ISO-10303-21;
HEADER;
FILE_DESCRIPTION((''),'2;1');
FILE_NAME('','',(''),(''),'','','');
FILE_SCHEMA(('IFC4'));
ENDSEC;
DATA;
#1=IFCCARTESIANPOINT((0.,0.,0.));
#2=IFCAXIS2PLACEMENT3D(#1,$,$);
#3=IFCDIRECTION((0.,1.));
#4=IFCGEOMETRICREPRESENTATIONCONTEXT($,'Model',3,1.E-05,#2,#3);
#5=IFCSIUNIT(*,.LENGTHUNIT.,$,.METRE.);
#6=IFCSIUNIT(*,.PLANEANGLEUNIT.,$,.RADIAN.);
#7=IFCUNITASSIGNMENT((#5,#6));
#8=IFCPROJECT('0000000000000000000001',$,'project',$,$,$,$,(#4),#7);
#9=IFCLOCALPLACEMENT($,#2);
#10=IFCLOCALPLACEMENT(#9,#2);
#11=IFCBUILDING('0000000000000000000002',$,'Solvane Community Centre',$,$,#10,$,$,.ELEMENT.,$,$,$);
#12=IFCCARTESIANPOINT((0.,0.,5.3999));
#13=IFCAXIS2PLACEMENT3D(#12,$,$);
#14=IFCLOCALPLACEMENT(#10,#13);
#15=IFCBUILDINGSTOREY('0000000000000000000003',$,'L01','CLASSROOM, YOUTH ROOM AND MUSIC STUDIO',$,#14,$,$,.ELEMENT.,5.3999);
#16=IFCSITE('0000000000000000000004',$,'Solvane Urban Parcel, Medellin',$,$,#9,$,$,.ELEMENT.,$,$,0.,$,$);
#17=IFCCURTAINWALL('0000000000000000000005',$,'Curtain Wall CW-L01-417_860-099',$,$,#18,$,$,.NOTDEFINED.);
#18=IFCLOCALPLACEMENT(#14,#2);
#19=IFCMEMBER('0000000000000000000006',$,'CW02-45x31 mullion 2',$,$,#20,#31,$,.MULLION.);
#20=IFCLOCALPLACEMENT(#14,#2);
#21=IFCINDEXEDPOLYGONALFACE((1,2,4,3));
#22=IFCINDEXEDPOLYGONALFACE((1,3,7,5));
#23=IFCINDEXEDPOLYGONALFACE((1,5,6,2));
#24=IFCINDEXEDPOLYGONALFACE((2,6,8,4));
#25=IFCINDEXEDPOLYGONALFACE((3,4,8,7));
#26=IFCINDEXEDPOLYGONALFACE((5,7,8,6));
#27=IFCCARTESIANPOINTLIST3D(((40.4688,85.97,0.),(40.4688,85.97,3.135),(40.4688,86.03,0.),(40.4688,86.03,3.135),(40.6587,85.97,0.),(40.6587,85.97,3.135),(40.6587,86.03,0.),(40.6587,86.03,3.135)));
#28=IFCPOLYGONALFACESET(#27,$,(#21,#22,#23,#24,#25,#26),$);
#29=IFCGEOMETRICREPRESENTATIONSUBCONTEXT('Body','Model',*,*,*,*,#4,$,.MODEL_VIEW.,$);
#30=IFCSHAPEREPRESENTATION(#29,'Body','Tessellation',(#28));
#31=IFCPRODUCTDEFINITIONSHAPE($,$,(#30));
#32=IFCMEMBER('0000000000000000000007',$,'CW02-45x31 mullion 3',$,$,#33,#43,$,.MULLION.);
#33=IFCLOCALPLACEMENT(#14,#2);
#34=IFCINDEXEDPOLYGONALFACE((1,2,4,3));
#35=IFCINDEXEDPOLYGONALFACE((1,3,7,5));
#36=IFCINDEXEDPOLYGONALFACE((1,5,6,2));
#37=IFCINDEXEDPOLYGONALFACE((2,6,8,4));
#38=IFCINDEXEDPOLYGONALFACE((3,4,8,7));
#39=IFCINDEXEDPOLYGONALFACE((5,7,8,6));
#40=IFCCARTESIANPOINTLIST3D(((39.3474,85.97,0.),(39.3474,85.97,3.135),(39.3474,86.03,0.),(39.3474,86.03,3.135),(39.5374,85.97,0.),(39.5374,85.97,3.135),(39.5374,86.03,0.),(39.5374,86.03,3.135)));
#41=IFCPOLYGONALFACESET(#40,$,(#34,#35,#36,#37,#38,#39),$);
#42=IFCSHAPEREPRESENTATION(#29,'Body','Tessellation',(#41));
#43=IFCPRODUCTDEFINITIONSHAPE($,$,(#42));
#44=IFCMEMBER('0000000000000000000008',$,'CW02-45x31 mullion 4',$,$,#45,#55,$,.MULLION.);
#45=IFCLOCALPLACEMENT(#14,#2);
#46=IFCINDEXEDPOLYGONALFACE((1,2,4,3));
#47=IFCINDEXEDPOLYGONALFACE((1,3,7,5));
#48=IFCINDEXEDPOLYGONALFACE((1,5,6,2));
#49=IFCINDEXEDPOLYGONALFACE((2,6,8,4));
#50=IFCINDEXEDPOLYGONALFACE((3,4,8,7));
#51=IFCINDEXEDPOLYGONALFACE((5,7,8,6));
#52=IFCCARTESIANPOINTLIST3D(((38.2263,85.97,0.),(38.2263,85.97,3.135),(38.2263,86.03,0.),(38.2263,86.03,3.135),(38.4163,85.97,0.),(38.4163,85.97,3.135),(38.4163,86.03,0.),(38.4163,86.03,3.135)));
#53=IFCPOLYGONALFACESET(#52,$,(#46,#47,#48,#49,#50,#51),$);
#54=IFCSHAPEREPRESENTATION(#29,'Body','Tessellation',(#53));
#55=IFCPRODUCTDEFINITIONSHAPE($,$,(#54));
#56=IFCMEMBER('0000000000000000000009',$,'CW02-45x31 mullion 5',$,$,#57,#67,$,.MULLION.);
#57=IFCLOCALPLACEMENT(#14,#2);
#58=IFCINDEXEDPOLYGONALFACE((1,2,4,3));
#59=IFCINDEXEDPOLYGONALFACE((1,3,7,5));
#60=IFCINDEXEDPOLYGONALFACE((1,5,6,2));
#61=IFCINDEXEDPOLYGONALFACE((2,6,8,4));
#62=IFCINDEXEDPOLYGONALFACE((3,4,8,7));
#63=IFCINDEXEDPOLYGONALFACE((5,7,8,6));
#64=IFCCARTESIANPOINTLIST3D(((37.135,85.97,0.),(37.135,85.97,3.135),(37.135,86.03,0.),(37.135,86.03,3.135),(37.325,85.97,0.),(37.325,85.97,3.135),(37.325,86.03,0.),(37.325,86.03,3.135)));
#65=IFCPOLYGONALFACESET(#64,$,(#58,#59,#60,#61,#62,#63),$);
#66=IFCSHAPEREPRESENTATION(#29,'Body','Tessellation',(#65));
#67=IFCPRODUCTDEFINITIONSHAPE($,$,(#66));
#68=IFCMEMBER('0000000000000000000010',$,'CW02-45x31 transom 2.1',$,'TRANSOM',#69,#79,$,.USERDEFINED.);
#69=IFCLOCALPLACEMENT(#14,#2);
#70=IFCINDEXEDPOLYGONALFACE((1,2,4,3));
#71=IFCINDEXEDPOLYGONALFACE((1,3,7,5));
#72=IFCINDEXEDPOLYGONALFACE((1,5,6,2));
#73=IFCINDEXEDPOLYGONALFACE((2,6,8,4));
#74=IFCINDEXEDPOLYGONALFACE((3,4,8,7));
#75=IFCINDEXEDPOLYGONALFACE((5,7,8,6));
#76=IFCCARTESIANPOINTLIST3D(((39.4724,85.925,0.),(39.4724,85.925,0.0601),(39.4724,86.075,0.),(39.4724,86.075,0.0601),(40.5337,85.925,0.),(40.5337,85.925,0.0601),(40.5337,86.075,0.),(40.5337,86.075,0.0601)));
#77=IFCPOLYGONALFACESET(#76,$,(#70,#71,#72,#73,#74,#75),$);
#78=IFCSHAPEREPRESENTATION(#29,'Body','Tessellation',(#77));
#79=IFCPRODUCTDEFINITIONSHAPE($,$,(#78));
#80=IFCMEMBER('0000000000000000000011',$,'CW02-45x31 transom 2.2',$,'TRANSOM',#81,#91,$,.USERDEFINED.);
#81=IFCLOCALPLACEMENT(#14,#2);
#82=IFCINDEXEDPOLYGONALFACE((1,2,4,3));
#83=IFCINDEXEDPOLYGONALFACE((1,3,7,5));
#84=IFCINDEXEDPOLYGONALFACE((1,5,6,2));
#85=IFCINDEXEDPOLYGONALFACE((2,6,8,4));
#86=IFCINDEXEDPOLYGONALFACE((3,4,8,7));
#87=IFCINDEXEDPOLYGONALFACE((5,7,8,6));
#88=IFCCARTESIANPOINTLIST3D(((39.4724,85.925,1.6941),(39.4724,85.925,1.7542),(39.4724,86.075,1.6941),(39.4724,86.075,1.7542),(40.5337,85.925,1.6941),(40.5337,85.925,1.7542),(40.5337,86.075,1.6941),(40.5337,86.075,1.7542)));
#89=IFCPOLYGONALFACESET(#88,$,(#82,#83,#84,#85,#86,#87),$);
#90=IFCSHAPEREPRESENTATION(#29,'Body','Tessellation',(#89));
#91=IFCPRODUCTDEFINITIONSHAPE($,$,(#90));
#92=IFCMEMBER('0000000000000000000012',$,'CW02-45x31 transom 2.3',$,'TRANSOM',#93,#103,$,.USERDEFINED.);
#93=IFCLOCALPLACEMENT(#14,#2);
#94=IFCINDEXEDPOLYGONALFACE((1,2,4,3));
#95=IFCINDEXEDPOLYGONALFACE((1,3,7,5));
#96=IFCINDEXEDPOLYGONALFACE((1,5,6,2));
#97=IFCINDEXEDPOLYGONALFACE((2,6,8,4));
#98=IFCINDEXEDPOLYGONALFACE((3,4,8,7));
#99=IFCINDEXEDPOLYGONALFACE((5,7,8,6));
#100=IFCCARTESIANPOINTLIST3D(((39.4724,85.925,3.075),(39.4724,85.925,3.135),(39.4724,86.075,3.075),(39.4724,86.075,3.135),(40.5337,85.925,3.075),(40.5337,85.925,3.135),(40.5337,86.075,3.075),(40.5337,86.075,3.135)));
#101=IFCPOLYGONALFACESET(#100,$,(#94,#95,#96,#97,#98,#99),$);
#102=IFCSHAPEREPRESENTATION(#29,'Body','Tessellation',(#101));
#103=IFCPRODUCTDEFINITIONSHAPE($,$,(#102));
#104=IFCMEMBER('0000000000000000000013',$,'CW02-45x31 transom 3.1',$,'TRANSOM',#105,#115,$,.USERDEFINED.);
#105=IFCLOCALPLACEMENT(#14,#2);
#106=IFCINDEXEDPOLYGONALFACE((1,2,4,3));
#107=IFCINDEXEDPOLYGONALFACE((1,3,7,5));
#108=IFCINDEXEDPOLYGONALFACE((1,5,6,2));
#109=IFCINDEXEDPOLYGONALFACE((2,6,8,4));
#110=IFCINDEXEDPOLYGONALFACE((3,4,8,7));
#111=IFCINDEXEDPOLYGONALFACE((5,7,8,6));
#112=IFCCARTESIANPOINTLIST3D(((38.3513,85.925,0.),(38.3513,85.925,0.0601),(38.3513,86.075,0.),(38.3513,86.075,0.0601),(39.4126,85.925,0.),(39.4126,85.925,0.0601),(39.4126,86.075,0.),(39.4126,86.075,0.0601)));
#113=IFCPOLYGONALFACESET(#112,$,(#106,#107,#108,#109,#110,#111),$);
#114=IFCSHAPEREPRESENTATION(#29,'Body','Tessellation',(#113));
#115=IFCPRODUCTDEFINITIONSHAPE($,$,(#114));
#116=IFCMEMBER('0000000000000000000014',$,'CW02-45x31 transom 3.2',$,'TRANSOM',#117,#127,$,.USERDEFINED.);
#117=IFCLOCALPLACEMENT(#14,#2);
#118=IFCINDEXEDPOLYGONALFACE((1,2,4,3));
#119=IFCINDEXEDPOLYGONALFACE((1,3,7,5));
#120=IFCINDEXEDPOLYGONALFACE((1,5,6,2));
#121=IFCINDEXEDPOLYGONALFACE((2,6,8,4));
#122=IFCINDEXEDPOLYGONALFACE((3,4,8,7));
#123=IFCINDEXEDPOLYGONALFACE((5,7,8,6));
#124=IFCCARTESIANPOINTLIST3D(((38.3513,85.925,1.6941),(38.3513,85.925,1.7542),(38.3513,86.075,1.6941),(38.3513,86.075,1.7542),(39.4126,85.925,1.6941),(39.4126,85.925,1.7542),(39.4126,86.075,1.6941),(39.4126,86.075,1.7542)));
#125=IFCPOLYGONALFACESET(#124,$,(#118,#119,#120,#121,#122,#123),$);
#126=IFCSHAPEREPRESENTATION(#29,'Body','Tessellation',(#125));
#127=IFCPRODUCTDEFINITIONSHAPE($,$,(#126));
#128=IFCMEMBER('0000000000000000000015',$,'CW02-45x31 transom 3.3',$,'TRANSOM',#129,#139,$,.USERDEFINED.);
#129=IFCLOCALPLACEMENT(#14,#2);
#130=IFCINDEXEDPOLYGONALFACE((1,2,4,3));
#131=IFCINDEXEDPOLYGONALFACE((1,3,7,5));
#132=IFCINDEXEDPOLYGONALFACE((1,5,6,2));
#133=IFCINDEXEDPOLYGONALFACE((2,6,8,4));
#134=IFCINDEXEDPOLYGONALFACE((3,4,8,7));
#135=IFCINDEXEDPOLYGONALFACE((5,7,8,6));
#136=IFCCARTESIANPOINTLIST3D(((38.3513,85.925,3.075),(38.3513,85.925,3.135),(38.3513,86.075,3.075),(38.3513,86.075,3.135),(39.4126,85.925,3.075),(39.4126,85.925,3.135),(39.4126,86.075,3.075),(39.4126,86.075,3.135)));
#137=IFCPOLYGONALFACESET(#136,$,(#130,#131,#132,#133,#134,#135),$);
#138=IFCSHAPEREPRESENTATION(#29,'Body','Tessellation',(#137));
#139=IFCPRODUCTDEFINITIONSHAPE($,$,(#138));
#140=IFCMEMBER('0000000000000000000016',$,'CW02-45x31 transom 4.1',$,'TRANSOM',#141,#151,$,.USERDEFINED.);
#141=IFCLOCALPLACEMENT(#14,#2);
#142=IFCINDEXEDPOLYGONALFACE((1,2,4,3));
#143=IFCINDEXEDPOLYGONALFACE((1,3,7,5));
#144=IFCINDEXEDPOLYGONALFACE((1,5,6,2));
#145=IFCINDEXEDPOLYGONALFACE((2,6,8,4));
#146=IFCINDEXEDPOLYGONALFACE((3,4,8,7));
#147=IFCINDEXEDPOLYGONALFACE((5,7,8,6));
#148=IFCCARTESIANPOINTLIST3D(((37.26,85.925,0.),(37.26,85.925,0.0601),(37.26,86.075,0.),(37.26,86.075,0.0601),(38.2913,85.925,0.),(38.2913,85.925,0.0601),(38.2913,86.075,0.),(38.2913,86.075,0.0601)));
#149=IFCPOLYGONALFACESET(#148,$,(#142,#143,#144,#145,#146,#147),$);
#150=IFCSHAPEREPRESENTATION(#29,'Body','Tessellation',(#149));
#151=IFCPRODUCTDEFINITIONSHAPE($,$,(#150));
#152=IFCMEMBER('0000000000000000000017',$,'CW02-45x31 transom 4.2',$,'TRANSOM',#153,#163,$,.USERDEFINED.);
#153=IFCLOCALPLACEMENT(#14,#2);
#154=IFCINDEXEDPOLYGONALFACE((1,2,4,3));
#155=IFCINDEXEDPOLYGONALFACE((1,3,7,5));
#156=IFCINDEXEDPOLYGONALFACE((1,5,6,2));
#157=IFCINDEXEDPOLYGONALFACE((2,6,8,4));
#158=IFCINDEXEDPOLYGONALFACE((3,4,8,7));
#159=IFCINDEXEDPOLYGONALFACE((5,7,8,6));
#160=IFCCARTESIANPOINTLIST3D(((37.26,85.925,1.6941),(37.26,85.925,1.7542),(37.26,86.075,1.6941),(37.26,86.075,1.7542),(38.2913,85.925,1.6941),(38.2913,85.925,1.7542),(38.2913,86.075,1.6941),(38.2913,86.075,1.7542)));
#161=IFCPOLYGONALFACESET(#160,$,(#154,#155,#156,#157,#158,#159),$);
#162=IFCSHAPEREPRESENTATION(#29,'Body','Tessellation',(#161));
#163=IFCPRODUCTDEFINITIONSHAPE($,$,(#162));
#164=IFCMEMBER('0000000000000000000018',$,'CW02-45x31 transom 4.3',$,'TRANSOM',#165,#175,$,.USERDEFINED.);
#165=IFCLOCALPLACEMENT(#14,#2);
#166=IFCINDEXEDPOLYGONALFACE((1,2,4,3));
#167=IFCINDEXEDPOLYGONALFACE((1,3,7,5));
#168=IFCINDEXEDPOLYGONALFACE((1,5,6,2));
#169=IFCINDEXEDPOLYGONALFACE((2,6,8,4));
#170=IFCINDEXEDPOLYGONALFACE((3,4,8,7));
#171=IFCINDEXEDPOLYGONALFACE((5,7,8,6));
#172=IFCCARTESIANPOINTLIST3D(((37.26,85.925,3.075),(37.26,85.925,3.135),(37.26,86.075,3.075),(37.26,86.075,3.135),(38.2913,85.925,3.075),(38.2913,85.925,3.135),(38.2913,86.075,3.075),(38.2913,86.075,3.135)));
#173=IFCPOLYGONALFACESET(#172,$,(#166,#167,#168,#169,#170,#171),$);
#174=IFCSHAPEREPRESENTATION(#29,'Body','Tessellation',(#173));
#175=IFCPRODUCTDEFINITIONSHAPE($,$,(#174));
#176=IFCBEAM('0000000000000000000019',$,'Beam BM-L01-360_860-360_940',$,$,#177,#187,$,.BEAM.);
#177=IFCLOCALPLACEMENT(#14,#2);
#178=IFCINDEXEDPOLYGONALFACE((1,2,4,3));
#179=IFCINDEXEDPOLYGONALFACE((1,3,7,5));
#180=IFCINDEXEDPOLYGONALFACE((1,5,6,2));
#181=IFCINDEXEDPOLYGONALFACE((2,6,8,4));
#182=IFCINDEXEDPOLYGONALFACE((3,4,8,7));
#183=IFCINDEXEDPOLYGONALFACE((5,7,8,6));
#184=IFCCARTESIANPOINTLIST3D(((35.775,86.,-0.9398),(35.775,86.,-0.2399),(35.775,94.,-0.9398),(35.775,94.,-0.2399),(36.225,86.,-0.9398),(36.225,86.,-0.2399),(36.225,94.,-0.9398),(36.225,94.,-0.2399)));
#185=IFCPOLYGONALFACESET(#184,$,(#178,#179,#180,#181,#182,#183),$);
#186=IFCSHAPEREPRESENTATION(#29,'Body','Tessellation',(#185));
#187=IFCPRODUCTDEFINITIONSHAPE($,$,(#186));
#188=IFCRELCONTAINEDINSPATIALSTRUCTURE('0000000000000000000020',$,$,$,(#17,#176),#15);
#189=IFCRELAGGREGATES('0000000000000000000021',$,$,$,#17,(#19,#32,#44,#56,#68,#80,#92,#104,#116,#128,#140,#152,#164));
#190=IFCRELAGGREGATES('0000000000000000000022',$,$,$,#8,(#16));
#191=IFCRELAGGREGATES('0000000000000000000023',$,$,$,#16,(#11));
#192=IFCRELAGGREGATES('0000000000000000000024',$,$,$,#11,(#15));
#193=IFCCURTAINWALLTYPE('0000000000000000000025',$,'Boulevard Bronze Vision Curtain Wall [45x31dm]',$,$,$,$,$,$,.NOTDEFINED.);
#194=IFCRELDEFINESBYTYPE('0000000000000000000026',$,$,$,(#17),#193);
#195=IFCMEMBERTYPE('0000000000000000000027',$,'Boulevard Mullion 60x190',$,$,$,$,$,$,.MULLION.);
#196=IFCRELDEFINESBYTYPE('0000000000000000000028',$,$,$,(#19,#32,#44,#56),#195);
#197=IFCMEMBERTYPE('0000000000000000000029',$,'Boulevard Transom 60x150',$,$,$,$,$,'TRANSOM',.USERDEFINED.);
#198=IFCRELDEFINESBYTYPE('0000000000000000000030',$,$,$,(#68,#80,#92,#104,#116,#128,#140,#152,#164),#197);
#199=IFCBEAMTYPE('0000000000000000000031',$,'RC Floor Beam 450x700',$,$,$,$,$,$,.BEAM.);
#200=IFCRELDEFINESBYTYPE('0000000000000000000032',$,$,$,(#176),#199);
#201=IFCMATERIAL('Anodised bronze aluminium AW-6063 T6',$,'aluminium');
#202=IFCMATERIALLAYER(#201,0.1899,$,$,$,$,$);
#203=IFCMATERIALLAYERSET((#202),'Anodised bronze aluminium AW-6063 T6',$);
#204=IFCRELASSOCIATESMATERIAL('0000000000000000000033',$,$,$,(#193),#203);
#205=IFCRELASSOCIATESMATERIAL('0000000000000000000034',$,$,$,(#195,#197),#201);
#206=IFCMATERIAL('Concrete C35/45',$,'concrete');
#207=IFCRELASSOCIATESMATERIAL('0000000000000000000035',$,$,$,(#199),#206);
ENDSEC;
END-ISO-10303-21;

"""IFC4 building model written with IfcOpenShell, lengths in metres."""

from ifc_helpers import new_model, si_unit, direction, frame, origin, origin_2d, place, context, subcontext, project, spatial, rectangle, extrude, material, layer, layer_set, material_profile, profile_set, type_object, element, aggregate, save


model = new_model("IFC4")

# Units and contexts
model_context = context("Model", 3, precision=1e-05, world=origin(), true_north=direction((0.0, 1.0)))
body_context = subcontext(model_context, "Body", "Model", "MODEL_VIEW")
ifc_project = project(units=[si_unit("LENGTHUNIT", "METRE"), si_unit("PLANEANGLEUNIT", "RADIAN")], contexts=[model_context])

# Site, building, storey
site_placement = place(None, origin())
site = spatial("IfcSite", under=ifc_project, at=site_placement, Name="Solvane Urban Parcel, Medellin", CompositionType="ELEMENT", RefElevation=0.0)
building_placement = place(site_placement, origin())
building = spatial("IfcBuilding", under=site, at=building_placement, Name="Solvane Community Centre", CompositionType="ELEMENT")
storey_placement = place(building_placement, frame((0.0, 0.0, 5.3999)))
storey = spatial("IfcBuildingStorey", under=building, at=storey_placement, Name="L01", Description="CLASSROOM, YOUTH ROOM AND MUSIC STUDIO", CompositionType="ELEMENT", Elevation=5.3999)

# Curtain wall, members
ifc_material_1 = material(Name="Anodised bronze aluminium AW-6063 T6", Category="aluminium")
ifc_layer_1 = layer(ifc_material_1, 0.1899)
ifc_layer_set_1 = layer_set([ifc_layer_1], Name="Anodised bronze aluminium AW-6063 T6")
curtain_wall_type = type_object("IfcCurtainWallType", Name="Boulevard Bronze Vision Curtain Wall [45x31dm]", PredefinedType="NOTDEFINED", material=ifc_layer_set_1)
curtain_wall_placement = place(storey_placement, origin())
curtain_wall = element("IfcCurtainWall", 1, at=curtain_wall_placement, inside=storey, type_object=curtain_wall_type, Name="Curtain Wall CW-L01-417_860-099", PredefinedType="NOTDEFINED")
ifc_material_profile_1 = material_profile(ifc_material_1, rectangle(XDim=0.0601, YDim=0.1899, at=origin_2d()), Name="CW-M 60x190")
ifc_profile_set_1 = profile_set([ifc_material_profile_1], Name="Anodised bronze aluminium AW-6063 T6")
member_type_1 = type_object("IfcMemberType", Name="Boulevard Mullion 60x190", PredefinedType="MULLION", material=ifc_profile_set_1)
member_1_placement = place(storey_placement, frame((40.5637, 86.0, 0.0), z_axis=(0.0, 0.0, 1.0), x_axis=(0.0, -1.0, 0.0)))
member_1 = element("IfcMember", 2, at=member_1_placement, type_object=member_type_1, Name="CW02-45x31 mullion 2", PredefinedType="MULLION", context=body_context, shape_type="SweptSolid", body=[
    extrude(rectangle(XDim=0.0601, YDim=0.1899, at=origin_2d()), origin(), (0.0, 0.0, 1.0), 3.135),
])
member_2_placement = place(storey_placement, frame((39.4424, 86.0, 0.0), z_axis=(0.0, 0.0, 1.0), x_axis=(0.0, -1.0, 0.0)))
member_2 = element("IfcMember", 3, at=member_2_placement, type_object=member_type_1, Name="CW02-45x31 mullion 3", PredefinedType="MULLION", context=body_context, shape_type="SweptSolid", body=[
    extrude(rectangle(XDim=0.0601, YDim=0.1899, at=origin_2d()), origin(), (0.0, 0.0, 1.0), 3.135),
])
member_3_placement = place(storey_placement, frame((38.3213, 86.0, 0.0), z_axis=(0.0, 0.0, 1.0), x_axis=(0.0, -1.0, 0.0)))
member_3 = element("IfcMember", 4, at=member_3_placement, type_object=member_type_1, Name="CW02-45x31 mullion 4", PredefinedType="MULLION", context=body_context, shape_type="SweptSolid", body=[
    extrude(rectangle(XDim=0.0601, YDim=0.1899, at=origin_2d()), origin(), (0.0, 0.0, 1.0), 3.135),
])
member_4_placement = place(storey_placement, frame((37.23, 86.0, 0.0), z_axis=(0.0, 0.0, 1.0), x_axis=(0.0, -1.0, 0.0)))
member_4 = element("IfcMember", 5, at=member_4_placement, type_object=member_type_1, Name="CW02-45x31 mullion 5", PredefinedType="MULLION", context=body_context, shape_type="SweptSolid", body=[
    extrude(rectangle(XDim=0.0601, YDim=0.1899, at=origin_2d()), origin(), (0.0, 0.0, 1.0), 3.135),
])
ifc_material_profile_2 = material_profile(ifc_material_1, rectangle(XDim=0.1499, YDim=0.0601, at=origin_2d()), Name="CW-T 60x150")
ifc_profile_set_2 = profile_set([ifc_material_profile_2], Name="Anodised bronze aluminium AW-6063 T6")
member_type_2 = type_object("IfcMemberType", Name="Boulevard Transom 60x150", ElementType="TRANSOM", PredefinedType="USERDEFINED", material=ifc_profile_set_2)
member_5_placement = place(storey_placement, frame((40.5337, 86.0, 0.03), z_axis=(-1.0, 0.0, 0.0), x_axis=(0.0, -1.0, 0.0)))
member_5 = element("IfcMember", 6, at=member_5_placement, type_object=member_type_2, Name="CW02-45x31 transom 2.1", ObjectType="TRANSOM", PredefinedType="USERDEFINED", context=body_context, shape_type="SweptSolid", body=[
    extrude(rectangle(XDim=0.1499, YDim=0.0601, at=origin_2d()), origin(), (0.0, 0.0, 1.0), 1.0613),
])
member_6_placement = place(storey_placement, frame((40.5337, 86.0, 1.7241), z_axis=(-1.0, 0.0, 0.0), x_axis=(0.0, -1.0, 0.0)))
member_6 = element("IfcMember", 7, at=member_6_placement, type_object=member_type_2, Name="CW02-45x31 transom 2.2", ObjectType="TRANSOM", PredefinedType="USERDEFINED", context=body_context, shape_type="SweptSolid", body=[
    extrude(rectangle(XDim=0.1499, YDim=0.0601, at=origin_2d()), origin(), (0.0, 0.0, 1.0), 1.0613),
])
member_7_placement = place(storey_placement, frame((40.5337, 86.0, 3.105), z_axis=(-1.0, 0.0, 0.0), x_axis=(0.0, -1.0, 0.0)))
member_7 = element("IfcMember", 8, at=member_7_placement, type_object=member_type_2, Name="CW02-45x31 transom 2.3", ObjectType="TRANSOM", PredefinedType="USERDEFINED", context=body_context, shape_type="SweptSolid", body=[
    extrude(rectangle(XDim=0.1499, YDim=0.0601, at=origin_2d()), origin(), (0.0, 0.0, 1.0), 1.0613),
])
member_8_placement = place(storey_placement, frame((39.4126, 86.0, 0.03), z_axis=(-1.0, 0.0, 0.0), x_axis=(0.0, -1.0, 0.0)))
member_8 = element("IfcMember", 9, at=member_8_placement, type_object=member_type_2, Name="CW02-45x31 transom 3.1", ObjectType="TRANSOM", PredefinedType="USERDEFINED", context=body_context, shape_type="SweptSolid", body=[
    extrude(rectangle(XDim=0.1499, YDim=0.0601, at=origin_2d()), origin(), (0.0, 0.0, 1.0), 1.0613),
])
member_9_placement = place(storey_placement, frame((39.4126, 86.0, 1.7241), z_axis=(-1.0, 0.0, 0.0), x_axis=(0.0, -1.0, 0.0)))
member_9 = element("IfcMember", 10, at=member_9_placement, type_object=member_type_2, Name="CW02-45x31 transom 3.2", ObjectType="TRANSOM", PredefinedType="USERDEFINED", context=body_context, shape_type="SweptSolid", body=[
    extrude(rectangle(XDim=0.1499, YDim=0.0601, at=origin_2d()), origin(), (0.0, 0.0, 1.0), 1.0613),
])
member_10_placement = place(storey_placement, frame((39.4126, 86.0, 3.105), z_axis=(-1.0, 0.0, 0.0), x_axis=(0.0, -1.0, 0.0)))
member_10 = element("IfcMember", 11, at=member_10_placement, type_object=member_type_2, Name="CW02-45x31 transom 3.3", ObjectType="TRANSOM", PredefinedType="USERDEFINED", context=body_context, shape_type="SweptSolid", body=[
    extrude(rectangle(XDim=0.1499, YDim=0.0601, at=origin_2d()), origin(), (0.0, 0.0, 1.0), 1.0613),
])
member_11_placement = place(storey_placement, frame((38.2913, 86.0, 0.03), z_axis=(-1.0, 0.0, 0.0), x_axis=(0.0, -1.0, 0.0)))
member_11 = element("IfcMember", 12, at=member_11_placement, type_object=member_type_2, Name="CW02-45x31 transom 4.1", ObjectType="TRANSOM", PredefinedType="USERDEFINED", context=body_context, shape_type="SweptSolid", body=[
    extrude(rectangle(XDim=0.1499, YDim=0.0601, at=origin_2d()), origin(), (0.0, 0.0, 1.0), 1.0312),
])
member_12_placement = place(storey_placement, frame((38.2913, 86.0, 1.7241), z_axis=(-1.0, 0.0, 0.0), x_axis=(0.0, -1.0, 0.0)))
member_12 = element("IfcMember", 13, at=member_12_placement, type_object=member_type_2, Name="CW02-45x31 transom 4.2", ObjectType="TRANSOM", PredefinedType="USERDEFINED", context=body_context, shape_type="SweptSolid", body=[
    extrude(rectangle(XDim=0.1499, YDim=0.0601, at=origin_2d()), origin(), (0.0, 0.0, 1.0), 1.0312),
])
member_13_placement = place(storey_placement, frame((38.2913, 86.0, 3.105), z_axis=(-1.0, 0.0, 0.0), x_axis=(0.0, -1.0, 0.0)))
member_13 = element("IfcMember", 14, at=member_13_placement, type_object=member_type_2, Name="CW02-45x31 transom 4.3", ObjectType="TRANSOM", PredefinedType="USERDEFINED", context=body_context, shape_type="SweptSolid", body=[
    extrude(rectangle(XDim=0.1499, YDim=0.0601, at=origin_2d()), origin(), (0.0, 0.0, 1.0), 1.0312),
])

# Beam
ifc_material_2 = material(Name="Concrete C35/45", Category="concrete")
ifc_material_profile_3 = material_profile(ifc_material_2, rectangle(XDim=0.45, YDim=0.7, at=origin_2d()), Name="RC 450x700")
ifc_profile_set_3 = profile_set([ifc_material_profile_3], Name="Concrete C35/45")
beam_type_1 = type_object("IfcBeamType", Name="RC Floor Beam 450x700", PredefinedType="BEAM", material=ifc_profile_set_3)
beam_1_placement = place(storey_placement, frame((36.0, 86.0, -0.5898), z_axis=(0.0, 1.0, 0.0), x_axis=(-1.0, 0.0, 0.0)))
element("IfcBeam", 15, at=beam_1_placement, inside=storey, type_object=beam_type_1, Name="Beam BM-L01-360_860-360_940", PredefinedType="BEAM", context=body_context, shape_type="SweptSolid", body=[
    extrude(rectangle(XDim=0.45, YDim=0.7, at=origin_2d()), origin(), (0.0, 0.0, 1.0), 8.0),
])

aggregate(curtain_wall, [member_1, member_2, member_3, member_4, member_5, member_6, member_7, member_8, member_9, member_10, member_11, member_12, member_13])

save(model, "model.ifc")
